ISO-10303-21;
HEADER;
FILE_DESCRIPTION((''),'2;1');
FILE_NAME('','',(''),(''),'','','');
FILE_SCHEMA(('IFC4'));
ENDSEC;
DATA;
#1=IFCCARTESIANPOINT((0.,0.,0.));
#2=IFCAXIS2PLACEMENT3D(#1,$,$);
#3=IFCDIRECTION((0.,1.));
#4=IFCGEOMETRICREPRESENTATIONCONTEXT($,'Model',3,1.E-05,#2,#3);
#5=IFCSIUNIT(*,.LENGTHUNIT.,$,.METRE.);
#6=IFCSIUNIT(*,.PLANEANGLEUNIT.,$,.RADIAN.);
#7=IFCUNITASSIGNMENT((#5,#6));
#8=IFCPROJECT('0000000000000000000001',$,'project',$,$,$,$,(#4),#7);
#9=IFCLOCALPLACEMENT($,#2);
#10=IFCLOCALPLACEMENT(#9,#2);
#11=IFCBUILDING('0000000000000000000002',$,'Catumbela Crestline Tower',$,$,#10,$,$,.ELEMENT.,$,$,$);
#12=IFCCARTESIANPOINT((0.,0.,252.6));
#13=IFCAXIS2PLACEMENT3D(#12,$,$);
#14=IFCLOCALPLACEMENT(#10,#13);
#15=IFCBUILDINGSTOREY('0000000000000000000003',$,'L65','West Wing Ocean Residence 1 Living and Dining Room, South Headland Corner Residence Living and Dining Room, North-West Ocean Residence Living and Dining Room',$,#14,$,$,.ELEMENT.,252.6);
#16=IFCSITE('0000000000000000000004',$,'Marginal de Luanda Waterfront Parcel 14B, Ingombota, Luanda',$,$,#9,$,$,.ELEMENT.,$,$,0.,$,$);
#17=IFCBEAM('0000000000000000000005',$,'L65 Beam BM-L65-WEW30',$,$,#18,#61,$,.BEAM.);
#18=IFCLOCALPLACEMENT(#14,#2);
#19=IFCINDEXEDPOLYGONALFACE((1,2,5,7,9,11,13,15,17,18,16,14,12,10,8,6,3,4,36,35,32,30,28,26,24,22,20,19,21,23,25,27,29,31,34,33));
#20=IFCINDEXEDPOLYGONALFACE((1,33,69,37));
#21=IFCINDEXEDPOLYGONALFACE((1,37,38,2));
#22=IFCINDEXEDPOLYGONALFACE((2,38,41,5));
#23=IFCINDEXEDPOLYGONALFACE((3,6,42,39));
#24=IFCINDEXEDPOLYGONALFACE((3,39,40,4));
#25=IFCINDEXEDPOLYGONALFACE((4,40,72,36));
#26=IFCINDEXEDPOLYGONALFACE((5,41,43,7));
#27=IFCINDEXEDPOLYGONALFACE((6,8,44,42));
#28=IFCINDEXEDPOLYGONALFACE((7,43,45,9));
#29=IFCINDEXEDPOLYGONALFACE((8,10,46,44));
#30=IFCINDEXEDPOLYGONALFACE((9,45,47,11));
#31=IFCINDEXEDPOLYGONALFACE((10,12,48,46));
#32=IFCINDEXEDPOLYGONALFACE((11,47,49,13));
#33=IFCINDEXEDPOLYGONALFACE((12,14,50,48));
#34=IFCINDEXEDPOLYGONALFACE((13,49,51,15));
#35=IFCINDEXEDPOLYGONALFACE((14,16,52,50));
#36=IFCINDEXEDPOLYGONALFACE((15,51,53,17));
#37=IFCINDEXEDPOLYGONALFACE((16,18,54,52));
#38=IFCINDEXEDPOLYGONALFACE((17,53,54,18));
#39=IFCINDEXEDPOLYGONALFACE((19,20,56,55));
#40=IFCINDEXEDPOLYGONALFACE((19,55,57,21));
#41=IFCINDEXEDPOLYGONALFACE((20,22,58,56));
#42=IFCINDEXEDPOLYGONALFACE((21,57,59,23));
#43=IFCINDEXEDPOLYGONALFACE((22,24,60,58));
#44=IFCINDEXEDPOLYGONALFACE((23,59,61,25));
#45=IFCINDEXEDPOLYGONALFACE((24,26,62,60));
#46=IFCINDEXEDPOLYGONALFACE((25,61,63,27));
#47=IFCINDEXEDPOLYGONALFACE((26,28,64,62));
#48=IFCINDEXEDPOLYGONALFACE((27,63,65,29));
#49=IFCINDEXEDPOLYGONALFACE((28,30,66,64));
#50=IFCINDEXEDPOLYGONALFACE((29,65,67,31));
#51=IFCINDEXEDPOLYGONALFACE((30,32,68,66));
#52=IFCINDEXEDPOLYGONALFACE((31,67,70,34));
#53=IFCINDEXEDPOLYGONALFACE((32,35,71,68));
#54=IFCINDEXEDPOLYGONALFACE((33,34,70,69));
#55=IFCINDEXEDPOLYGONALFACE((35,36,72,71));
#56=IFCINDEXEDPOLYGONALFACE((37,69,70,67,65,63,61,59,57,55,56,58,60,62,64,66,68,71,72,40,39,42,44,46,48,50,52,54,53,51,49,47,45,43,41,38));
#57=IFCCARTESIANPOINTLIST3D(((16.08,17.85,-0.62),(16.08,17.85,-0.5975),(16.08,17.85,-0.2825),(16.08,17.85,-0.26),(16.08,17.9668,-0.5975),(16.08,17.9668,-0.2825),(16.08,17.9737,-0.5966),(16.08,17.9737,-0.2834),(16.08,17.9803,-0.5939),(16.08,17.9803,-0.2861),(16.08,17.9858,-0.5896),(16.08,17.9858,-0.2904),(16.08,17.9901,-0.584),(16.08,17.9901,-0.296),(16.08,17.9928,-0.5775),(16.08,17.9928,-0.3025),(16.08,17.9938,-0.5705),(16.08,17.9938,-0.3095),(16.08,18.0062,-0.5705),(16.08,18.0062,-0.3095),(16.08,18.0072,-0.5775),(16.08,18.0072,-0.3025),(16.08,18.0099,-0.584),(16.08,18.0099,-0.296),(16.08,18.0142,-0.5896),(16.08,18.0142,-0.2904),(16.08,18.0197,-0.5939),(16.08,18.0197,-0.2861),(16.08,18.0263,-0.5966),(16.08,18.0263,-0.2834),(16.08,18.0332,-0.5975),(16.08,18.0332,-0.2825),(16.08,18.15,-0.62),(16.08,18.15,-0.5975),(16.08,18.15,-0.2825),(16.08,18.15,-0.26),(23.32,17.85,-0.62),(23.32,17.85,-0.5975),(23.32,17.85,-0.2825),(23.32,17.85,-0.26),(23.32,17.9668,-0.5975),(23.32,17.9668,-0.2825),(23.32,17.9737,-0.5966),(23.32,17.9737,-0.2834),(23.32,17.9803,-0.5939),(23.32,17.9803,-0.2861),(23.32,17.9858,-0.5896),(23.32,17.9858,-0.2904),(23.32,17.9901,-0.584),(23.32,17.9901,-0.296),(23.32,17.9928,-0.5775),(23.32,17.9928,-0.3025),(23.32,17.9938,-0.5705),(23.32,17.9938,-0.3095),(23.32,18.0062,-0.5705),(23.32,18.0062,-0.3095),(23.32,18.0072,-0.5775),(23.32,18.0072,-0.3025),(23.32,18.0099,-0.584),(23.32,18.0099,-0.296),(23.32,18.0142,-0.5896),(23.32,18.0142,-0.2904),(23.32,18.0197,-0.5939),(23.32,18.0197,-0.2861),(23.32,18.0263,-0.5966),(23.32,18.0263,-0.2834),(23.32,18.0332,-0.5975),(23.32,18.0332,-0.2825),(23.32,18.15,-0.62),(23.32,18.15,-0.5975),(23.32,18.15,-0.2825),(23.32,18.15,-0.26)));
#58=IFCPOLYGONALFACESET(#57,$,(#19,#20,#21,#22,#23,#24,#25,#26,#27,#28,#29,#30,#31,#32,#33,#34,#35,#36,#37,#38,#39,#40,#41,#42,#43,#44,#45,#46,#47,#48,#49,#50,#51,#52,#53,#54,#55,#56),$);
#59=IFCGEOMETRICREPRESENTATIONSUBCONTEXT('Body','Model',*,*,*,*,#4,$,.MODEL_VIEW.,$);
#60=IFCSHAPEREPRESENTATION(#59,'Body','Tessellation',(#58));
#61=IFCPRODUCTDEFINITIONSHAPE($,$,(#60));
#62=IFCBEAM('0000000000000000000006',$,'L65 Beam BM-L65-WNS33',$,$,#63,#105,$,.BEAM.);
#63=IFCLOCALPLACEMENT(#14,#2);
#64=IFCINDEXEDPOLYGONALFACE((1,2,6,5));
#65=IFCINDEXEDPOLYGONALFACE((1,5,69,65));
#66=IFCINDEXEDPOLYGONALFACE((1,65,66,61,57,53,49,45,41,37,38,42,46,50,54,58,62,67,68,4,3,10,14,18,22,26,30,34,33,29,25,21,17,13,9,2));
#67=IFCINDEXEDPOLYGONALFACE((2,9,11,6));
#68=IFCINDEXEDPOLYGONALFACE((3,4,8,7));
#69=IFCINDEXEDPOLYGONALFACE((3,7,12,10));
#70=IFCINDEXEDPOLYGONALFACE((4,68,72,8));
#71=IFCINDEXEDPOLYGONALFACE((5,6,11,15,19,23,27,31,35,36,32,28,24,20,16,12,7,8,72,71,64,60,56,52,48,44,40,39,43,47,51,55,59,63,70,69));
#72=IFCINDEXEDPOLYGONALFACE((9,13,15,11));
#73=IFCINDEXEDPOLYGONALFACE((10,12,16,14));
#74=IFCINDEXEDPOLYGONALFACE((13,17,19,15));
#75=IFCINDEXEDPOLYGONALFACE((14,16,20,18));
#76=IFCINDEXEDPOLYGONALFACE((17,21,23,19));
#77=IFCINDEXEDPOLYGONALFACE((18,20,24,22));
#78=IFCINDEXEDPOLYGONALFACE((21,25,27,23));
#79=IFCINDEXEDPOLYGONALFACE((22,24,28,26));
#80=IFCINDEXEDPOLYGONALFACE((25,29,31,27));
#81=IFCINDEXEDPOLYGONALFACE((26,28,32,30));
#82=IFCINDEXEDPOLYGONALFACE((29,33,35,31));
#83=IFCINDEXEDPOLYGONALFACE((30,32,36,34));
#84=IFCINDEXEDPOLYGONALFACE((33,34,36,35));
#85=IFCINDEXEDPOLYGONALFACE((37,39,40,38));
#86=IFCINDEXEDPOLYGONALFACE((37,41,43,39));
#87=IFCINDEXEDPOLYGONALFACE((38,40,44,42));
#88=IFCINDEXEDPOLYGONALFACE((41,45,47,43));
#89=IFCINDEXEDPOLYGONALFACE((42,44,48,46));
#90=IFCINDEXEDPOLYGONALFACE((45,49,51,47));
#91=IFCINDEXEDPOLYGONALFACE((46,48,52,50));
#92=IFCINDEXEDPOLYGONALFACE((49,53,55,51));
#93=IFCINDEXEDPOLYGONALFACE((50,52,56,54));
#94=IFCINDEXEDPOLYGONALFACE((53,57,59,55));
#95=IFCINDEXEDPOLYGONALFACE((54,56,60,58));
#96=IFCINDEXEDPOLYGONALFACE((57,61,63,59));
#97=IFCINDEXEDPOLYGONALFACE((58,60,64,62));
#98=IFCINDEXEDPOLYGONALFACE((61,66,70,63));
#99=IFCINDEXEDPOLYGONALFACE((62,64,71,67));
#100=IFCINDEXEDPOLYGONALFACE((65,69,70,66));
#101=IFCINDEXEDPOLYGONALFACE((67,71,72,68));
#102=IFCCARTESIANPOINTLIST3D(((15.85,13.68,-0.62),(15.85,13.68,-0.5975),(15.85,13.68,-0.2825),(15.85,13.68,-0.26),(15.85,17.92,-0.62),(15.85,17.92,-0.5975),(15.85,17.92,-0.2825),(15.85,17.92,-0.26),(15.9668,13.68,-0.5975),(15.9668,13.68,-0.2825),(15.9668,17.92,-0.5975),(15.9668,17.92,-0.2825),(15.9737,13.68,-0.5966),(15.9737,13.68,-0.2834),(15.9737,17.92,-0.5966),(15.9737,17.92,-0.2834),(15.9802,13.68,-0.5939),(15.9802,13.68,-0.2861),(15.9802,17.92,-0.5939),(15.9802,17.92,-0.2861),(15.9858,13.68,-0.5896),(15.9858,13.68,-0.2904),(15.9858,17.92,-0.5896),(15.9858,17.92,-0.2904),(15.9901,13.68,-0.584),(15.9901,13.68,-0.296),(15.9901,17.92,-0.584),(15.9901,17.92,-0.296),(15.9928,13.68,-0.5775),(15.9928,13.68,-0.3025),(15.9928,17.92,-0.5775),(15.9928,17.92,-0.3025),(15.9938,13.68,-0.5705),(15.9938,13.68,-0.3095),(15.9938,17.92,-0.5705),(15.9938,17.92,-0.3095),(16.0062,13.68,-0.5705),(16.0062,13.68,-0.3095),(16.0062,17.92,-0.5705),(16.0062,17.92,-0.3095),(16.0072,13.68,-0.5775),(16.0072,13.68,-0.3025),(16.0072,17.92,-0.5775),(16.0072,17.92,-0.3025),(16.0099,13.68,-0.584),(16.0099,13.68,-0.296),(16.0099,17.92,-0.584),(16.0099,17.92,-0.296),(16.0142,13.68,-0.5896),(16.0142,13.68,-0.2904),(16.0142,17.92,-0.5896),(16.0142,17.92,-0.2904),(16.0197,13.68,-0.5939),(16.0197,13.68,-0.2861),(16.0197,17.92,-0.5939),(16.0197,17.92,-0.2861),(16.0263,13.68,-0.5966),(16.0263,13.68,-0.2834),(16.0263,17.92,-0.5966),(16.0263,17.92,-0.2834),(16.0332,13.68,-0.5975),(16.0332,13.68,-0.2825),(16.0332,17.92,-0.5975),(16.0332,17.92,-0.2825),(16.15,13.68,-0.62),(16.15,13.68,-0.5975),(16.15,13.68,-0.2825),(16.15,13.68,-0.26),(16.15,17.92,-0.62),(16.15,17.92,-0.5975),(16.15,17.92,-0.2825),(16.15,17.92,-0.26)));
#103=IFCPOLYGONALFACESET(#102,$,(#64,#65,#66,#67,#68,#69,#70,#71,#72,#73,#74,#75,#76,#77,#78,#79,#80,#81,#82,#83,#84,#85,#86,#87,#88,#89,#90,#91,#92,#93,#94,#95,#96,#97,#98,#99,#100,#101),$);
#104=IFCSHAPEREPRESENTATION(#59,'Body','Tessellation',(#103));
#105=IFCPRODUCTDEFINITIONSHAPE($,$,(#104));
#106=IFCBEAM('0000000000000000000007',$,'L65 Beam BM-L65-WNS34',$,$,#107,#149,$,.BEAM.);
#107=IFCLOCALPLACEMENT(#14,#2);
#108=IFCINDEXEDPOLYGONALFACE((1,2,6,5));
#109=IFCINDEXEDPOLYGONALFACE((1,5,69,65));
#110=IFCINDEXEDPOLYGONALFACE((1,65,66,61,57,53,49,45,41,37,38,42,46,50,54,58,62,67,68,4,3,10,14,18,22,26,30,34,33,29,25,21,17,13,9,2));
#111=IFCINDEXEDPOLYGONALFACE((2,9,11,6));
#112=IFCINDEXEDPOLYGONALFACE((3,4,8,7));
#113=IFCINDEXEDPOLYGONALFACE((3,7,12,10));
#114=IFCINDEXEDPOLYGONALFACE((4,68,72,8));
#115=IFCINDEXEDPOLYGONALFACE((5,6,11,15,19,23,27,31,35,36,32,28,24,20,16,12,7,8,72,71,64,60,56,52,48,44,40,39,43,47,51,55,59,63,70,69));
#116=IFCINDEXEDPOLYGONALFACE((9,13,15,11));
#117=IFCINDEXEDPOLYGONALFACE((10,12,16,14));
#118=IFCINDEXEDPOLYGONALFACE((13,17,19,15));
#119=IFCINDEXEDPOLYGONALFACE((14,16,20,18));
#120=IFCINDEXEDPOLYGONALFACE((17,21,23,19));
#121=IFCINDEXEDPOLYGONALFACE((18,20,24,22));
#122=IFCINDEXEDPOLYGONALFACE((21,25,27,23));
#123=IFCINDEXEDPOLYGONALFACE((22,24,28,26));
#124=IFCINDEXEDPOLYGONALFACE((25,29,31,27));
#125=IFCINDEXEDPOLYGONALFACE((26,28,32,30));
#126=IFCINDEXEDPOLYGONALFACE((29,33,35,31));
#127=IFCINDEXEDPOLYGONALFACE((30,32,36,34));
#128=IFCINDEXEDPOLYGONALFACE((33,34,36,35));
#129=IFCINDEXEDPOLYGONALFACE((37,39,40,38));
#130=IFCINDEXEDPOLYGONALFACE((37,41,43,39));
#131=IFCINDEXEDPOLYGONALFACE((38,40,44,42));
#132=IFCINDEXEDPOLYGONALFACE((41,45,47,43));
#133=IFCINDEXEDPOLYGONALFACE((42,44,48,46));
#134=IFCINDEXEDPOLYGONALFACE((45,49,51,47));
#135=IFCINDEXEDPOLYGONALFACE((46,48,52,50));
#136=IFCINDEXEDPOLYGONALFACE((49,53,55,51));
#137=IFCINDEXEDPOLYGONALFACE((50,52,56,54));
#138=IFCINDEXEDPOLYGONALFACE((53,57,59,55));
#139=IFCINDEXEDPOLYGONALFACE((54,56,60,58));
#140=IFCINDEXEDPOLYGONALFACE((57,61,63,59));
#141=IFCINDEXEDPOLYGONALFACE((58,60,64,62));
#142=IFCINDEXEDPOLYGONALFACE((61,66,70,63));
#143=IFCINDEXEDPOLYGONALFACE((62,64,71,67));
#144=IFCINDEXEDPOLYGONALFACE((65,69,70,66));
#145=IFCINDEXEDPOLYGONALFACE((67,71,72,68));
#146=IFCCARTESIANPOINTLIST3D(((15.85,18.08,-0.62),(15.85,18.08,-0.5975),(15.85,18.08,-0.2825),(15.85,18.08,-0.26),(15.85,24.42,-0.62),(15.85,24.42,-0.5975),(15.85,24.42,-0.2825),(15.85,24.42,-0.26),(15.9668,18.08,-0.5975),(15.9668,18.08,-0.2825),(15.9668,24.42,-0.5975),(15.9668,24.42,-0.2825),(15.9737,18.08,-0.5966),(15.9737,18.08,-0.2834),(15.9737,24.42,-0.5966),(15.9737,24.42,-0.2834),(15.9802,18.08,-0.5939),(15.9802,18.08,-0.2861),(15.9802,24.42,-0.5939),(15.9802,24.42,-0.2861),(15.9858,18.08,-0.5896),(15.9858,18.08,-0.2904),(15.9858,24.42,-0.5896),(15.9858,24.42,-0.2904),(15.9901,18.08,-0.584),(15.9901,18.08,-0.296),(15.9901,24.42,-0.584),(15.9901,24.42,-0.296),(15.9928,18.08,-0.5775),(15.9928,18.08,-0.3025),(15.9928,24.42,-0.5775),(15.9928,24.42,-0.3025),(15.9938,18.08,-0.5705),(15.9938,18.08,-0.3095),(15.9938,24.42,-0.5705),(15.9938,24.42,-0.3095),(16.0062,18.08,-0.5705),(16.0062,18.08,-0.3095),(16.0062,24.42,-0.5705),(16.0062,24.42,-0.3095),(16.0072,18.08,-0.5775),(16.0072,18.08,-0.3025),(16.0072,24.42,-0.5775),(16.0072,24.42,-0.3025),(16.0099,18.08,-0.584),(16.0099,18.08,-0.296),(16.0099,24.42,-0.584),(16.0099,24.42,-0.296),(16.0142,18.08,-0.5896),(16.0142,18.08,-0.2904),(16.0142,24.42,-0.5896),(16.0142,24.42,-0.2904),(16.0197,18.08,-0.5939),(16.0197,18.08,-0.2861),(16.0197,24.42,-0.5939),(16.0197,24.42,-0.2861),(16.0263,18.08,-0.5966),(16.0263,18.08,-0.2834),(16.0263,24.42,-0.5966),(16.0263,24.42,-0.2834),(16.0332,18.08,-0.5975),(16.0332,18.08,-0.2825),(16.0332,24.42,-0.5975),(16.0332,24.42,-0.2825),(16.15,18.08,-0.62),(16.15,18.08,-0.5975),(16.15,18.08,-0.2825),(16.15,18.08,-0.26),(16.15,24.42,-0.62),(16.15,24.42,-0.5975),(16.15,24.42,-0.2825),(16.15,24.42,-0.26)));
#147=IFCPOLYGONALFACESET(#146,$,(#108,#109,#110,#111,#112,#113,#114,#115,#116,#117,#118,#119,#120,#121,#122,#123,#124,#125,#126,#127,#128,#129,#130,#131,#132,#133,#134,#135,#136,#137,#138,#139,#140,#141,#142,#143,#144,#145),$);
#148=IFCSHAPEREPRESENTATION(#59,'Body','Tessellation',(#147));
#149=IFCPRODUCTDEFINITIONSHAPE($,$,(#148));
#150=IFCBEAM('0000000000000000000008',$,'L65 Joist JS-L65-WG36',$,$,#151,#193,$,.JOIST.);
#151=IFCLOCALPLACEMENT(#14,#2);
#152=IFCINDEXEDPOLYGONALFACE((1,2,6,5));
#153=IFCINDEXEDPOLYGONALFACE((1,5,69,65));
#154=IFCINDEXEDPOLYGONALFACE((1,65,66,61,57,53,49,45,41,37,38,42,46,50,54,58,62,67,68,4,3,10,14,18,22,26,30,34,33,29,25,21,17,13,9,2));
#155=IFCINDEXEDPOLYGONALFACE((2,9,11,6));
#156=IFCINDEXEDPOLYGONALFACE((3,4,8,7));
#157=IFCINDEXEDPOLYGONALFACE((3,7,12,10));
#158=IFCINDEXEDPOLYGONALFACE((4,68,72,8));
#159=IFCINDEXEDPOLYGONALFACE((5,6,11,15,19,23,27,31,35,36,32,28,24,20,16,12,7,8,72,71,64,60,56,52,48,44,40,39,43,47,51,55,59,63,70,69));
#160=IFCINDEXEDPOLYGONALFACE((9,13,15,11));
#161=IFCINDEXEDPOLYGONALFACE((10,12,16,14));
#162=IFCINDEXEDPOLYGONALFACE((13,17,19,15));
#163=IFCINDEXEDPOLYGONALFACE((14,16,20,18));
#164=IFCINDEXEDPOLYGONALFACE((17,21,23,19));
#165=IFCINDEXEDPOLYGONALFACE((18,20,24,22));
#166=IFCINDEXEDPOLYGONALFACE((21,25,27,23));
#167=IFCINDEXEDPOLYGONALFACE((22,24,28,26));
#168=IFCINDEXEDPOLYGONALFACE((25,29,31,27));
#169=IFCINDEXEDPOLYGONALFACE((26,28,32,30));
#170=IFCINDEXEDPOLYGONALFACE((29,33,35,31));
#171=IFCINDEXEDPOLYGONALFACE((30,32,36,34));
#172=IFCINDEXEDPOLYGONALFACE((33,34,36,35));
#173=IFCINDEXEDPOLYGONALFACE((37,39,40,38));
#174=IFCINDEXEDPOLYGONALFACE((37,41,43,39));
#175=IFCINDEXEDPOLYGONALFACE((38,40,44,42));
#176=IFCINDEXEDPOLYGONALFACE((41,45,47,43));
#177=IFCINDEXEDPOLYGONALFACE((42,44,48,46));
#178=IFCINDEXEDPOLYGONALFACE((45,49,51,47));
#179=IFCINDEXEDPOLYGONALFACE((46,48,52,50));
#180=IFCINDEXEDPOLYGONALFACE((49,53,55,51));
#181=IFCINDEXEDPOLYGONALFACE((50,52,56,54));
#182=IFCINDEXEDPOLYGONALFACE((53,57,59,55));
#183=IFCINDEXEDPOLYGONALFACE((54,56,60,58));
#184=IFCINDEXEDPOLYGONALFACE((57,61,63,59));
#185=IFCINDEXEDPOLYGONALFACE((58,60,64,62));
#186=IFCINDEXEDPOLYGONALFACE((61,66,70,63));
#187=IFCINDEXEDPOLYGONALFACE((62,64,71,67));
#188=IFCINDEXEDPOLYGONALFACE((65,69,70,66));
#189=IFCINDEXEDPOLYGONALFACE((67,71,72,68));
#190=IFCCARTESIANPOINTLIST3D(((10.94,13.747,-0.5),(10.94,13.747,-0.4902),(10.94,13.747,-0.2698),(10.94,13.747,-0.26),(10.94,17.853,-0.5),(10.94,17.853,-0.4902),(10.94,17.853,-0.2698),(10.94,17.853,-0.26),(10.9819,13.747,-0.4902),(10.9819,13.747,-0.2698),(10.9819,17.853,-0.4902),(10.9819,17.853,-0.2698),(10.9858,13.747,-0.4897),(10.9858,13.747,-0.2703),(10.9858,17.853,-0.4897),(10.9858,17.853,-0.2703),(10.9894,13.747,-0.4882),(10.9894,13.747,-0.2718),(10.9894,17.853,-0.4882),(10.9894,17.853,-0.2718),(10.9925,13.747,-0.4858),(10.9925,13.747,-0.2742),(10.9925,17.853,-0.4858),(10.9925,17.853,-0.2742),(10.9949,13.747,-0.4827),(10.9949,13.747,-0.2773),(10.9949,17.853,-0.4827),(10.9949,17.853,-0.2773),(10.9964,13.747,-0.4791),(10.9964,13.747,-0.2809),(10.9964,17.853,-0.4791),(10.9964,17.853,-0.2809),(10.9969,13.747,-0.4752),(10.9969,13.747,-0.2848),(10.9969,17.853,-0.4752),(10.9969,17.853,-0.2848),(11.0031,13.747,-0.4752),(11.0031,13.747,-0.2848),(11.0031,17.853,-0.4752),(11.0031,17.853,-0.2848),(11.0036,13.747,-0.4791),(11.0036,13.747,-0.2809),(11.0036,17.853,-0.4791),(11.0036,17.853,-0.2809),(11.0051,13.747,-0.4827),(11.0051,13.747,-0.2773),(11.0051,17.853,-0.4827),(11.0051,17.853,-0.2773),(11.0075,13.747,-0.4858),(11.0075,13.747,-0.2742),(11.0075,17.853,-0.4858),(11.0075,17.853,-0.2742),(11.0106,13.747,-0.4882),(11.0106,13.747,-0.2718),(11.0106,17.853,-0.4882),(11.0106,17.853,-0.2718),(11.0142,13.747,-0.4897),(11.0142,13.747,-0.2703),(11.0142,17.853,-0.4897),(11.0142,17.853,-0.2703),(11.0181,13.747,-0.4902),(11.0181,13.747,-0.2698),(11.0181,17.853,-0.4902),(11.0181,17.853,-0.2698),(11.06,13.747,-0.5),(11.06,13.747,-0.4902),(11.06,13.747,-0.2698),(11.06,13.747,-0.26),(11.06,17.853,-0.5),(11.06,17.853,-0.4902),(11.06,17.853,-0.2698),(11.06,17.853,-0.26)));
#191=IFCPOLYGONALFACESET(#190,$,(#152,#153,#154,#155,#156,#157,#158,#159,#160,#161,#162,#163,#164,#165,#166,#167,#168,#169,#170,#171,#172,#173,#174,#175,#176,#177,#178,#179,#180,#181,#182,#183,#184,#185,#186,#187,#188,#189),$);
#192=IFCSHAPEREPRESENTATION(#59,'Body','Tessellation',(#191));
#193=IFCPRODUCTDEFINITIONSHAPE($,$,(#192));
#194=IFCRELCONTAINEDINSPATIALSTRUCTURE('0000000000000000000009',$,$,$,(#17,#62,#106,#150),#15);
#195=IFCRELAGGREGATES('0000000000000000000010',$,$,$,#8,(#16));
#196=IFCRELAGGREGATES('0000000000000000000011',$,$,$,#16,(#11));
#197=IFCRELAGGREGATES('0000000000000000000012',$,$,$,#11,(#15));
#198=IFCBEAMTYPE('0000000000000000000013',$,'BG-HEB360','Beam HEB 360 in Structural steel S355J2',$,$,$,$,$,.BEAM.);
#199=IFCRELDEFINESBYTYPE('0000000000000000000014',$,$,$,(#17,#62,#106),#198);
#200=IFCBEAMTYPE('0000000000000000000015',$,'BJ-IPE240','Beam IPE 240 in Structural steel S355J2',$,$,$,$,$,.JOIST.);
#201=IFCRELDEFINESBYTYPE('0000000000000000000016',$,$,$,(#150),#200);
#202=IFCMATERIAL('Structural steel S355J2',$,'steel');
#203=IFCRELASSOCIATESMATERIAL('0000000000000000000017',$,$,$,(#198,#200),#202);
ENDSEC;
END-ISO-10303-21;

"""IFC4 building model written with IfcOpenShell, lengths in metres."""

from ifc_helpers import new_model, si_unit, direction, frame, origin, origin_2d, place, context, subcontext, project, spatial, i_section, extrude, material, material_profile, profile_set, type_object, element, save


model = new_model("IFC4")

# Units and contexts
model_context = context("Model", 3, precision=1e-05, world=origin(), true_north=direction((0.0, 1.0)))
body_context = subcontext(model_context, "Body", "Model", "MODEL_VIEW")
ifc_project = project(units=[si_unit("LENGTHUNIT", "METRE"), si_unit("PLANEANGLEUNIT", "RADIAN")], contexts=[model_context])

# Site, building, storey
site_placement = place(None, origin())
site = spatial("IfcSite", under=ifc_project, at=site_placement, Name="Marginal de Luanda Waterfront Parcel 14B, Ingombota, Luanda", CompositionType="ELEMENT", RefElevation=0.0)
building_placement = place(site_placement, origin())
building = spatial("IfcBuilding", under=site, at=building_placement, Name="Catumbela Crestline Tower", CompositionType="ELEMENT")
storey_placement = place(building_placement, frame((0.0, 0.0, 252.6)))
storey = spatial("IfcBuildingStorey", under=building, at=storey_placement, Name="L65", Description="West Wing Ocean Residence 1 Living and Dining Room, South Headland Corner Residence Living and Dining Room, North-West Ocean Residence Living and Dining Room", CompositionType="ELEMENT", Elevation=252.6)

# Shared definitions
ifc_material_1 = material(Name="Structural steel S355J2", Category="steel")

# Beams
ifc_material_profile_1 = material_profile(ifc_material_1, i_section(OverallWidth=0.3, OverallDepth=0.36, WebThickness=0.0125, FlangeThickness=0.0225, FilletRadius=0.027, at=origin_2d()), Name="HEB 360")
ifc_profile_set_1 = profile_set([ifc_material_profile_1], Name="Structural steel S355J2")
beam_type_1 = type_object("IfcBeamType", Name="BG-HEB360", Description="Beam HEB 360 in Structural steel S355J2", PredefinedType="BEAM", material=ifc_profile_set_1)
beam_1_placement = place(storey_placement, frame((16.08, 18.0, -0.44), z_axis=(1.0, 0.0, 0.0), x_axis=(0.0, 1.0, 0.0)))
element("IfcBeam", 1, at=beam_1_placement, inside=storey, type_object=beam_type_1, Name="L65 Beam BM-L65-WEW30", PredefinedType="BEAM", context=body_context, shape_type="SweptSolid", body=[
    extrude(i_section(OverallWidth=0.3, OverallDepth=0.36, WebThickness=0.0125, FlangeThickness=0.0225, FilletRadius=0.027, at=origin_2d()), origin(), (0.0, 0.0, 1.0), 7.24),
])
beam_2_placement = place(storey_placement, frame((16.0, 13.68, -0.44), z_axis=(0.0, 1.0, 0.0), x_axis=(-1.0, 0.0, 0.0)))
element("IfcBeam", 2, at=beam_2_placement, inside=storey, type_object=beam_type_1, Name="L65 Beam BM-L65-WNS33", PredefinedType="BEAM", context=body_context, shape_type="SweptSolid", body=[
    extrude(i_section(OverallWidth=0.3, OverallDepth=0.36, WebThickness=0.0125, FlangeThickness=0.0225, FilletRadius=0.027, at=origin_2d()), origin(), (0.0, 0.0, 1.0), 4.24),
])
beam_3_placement = place(storey_placement, frame((16.0, 18.08, -0.44), z_axis=(0.0, 1.0, 0.0), x_axis=(-1.0, 0.0, 0.0)))
element("IfcBeam", 3, at=beam_3_placement, inside=storey, type_object=beam_type_1, Name="L65 Beam BM-L65-WNS34", PredefinedType="BEAM", context=body_context, shape_type="SweptSolid", body=[
    extrude(i_section(OverallWidth=0.3, OverallDepth=0.36, WebThickness=0.0125, FlangeThickness=0.0225, FilletRadius=0.027, at=origin_2d()), origin(), (0.0, 0.0, 1.0), 6.34),
])
ifc_material_profile_2 = material_profile(ifc_material_1, i_section(OverallWidth=0.12, OverallDepth=0.24, WebThickness=0.0062, FlangeThickness=0.0098, FilletRadius=0.015, at=origin_2d()), Name="IPE 240")
ifc_profile_set_2 = profile_set([ifc_material_profile_2], Name="Structural steel S355J2")
beam_type_2 = type_object("IfcBeamType", Name="BJ-IPE240", Description="Beam IPE 240 in Structural steel S355J2", PredefinedType="JOIST", material=ifc_profile_set_2)
for number, where, z_axis, x_axis, name in (
    (4, (11.0, 13.747, -0.38), (0.0, 1.0, 0.0), (-1.0, 0.0, 0.0), "L65 Joist JS-L65-WG36"),
):
    element("IfcBeam", number, at=place(storey_placement, frame(where, z_axis=z_axis, x_axis=x_axis)), inside=storey, type_object=beam_type_2, Name=name, PredefinedType="JOIST", context=body_context, shape_type="SweptSolid", body=[
        extrude(i_section(OverallWidth=0.12, OverallDepth=0.24, WebThickness=0.0062, FlangeThickness=0.0098, FilletRadius=0.015, at=origin_2d()), origin(), (0.0, 0.0, 1.0), 4.106),
    ])

save(model, "model.ifc")
